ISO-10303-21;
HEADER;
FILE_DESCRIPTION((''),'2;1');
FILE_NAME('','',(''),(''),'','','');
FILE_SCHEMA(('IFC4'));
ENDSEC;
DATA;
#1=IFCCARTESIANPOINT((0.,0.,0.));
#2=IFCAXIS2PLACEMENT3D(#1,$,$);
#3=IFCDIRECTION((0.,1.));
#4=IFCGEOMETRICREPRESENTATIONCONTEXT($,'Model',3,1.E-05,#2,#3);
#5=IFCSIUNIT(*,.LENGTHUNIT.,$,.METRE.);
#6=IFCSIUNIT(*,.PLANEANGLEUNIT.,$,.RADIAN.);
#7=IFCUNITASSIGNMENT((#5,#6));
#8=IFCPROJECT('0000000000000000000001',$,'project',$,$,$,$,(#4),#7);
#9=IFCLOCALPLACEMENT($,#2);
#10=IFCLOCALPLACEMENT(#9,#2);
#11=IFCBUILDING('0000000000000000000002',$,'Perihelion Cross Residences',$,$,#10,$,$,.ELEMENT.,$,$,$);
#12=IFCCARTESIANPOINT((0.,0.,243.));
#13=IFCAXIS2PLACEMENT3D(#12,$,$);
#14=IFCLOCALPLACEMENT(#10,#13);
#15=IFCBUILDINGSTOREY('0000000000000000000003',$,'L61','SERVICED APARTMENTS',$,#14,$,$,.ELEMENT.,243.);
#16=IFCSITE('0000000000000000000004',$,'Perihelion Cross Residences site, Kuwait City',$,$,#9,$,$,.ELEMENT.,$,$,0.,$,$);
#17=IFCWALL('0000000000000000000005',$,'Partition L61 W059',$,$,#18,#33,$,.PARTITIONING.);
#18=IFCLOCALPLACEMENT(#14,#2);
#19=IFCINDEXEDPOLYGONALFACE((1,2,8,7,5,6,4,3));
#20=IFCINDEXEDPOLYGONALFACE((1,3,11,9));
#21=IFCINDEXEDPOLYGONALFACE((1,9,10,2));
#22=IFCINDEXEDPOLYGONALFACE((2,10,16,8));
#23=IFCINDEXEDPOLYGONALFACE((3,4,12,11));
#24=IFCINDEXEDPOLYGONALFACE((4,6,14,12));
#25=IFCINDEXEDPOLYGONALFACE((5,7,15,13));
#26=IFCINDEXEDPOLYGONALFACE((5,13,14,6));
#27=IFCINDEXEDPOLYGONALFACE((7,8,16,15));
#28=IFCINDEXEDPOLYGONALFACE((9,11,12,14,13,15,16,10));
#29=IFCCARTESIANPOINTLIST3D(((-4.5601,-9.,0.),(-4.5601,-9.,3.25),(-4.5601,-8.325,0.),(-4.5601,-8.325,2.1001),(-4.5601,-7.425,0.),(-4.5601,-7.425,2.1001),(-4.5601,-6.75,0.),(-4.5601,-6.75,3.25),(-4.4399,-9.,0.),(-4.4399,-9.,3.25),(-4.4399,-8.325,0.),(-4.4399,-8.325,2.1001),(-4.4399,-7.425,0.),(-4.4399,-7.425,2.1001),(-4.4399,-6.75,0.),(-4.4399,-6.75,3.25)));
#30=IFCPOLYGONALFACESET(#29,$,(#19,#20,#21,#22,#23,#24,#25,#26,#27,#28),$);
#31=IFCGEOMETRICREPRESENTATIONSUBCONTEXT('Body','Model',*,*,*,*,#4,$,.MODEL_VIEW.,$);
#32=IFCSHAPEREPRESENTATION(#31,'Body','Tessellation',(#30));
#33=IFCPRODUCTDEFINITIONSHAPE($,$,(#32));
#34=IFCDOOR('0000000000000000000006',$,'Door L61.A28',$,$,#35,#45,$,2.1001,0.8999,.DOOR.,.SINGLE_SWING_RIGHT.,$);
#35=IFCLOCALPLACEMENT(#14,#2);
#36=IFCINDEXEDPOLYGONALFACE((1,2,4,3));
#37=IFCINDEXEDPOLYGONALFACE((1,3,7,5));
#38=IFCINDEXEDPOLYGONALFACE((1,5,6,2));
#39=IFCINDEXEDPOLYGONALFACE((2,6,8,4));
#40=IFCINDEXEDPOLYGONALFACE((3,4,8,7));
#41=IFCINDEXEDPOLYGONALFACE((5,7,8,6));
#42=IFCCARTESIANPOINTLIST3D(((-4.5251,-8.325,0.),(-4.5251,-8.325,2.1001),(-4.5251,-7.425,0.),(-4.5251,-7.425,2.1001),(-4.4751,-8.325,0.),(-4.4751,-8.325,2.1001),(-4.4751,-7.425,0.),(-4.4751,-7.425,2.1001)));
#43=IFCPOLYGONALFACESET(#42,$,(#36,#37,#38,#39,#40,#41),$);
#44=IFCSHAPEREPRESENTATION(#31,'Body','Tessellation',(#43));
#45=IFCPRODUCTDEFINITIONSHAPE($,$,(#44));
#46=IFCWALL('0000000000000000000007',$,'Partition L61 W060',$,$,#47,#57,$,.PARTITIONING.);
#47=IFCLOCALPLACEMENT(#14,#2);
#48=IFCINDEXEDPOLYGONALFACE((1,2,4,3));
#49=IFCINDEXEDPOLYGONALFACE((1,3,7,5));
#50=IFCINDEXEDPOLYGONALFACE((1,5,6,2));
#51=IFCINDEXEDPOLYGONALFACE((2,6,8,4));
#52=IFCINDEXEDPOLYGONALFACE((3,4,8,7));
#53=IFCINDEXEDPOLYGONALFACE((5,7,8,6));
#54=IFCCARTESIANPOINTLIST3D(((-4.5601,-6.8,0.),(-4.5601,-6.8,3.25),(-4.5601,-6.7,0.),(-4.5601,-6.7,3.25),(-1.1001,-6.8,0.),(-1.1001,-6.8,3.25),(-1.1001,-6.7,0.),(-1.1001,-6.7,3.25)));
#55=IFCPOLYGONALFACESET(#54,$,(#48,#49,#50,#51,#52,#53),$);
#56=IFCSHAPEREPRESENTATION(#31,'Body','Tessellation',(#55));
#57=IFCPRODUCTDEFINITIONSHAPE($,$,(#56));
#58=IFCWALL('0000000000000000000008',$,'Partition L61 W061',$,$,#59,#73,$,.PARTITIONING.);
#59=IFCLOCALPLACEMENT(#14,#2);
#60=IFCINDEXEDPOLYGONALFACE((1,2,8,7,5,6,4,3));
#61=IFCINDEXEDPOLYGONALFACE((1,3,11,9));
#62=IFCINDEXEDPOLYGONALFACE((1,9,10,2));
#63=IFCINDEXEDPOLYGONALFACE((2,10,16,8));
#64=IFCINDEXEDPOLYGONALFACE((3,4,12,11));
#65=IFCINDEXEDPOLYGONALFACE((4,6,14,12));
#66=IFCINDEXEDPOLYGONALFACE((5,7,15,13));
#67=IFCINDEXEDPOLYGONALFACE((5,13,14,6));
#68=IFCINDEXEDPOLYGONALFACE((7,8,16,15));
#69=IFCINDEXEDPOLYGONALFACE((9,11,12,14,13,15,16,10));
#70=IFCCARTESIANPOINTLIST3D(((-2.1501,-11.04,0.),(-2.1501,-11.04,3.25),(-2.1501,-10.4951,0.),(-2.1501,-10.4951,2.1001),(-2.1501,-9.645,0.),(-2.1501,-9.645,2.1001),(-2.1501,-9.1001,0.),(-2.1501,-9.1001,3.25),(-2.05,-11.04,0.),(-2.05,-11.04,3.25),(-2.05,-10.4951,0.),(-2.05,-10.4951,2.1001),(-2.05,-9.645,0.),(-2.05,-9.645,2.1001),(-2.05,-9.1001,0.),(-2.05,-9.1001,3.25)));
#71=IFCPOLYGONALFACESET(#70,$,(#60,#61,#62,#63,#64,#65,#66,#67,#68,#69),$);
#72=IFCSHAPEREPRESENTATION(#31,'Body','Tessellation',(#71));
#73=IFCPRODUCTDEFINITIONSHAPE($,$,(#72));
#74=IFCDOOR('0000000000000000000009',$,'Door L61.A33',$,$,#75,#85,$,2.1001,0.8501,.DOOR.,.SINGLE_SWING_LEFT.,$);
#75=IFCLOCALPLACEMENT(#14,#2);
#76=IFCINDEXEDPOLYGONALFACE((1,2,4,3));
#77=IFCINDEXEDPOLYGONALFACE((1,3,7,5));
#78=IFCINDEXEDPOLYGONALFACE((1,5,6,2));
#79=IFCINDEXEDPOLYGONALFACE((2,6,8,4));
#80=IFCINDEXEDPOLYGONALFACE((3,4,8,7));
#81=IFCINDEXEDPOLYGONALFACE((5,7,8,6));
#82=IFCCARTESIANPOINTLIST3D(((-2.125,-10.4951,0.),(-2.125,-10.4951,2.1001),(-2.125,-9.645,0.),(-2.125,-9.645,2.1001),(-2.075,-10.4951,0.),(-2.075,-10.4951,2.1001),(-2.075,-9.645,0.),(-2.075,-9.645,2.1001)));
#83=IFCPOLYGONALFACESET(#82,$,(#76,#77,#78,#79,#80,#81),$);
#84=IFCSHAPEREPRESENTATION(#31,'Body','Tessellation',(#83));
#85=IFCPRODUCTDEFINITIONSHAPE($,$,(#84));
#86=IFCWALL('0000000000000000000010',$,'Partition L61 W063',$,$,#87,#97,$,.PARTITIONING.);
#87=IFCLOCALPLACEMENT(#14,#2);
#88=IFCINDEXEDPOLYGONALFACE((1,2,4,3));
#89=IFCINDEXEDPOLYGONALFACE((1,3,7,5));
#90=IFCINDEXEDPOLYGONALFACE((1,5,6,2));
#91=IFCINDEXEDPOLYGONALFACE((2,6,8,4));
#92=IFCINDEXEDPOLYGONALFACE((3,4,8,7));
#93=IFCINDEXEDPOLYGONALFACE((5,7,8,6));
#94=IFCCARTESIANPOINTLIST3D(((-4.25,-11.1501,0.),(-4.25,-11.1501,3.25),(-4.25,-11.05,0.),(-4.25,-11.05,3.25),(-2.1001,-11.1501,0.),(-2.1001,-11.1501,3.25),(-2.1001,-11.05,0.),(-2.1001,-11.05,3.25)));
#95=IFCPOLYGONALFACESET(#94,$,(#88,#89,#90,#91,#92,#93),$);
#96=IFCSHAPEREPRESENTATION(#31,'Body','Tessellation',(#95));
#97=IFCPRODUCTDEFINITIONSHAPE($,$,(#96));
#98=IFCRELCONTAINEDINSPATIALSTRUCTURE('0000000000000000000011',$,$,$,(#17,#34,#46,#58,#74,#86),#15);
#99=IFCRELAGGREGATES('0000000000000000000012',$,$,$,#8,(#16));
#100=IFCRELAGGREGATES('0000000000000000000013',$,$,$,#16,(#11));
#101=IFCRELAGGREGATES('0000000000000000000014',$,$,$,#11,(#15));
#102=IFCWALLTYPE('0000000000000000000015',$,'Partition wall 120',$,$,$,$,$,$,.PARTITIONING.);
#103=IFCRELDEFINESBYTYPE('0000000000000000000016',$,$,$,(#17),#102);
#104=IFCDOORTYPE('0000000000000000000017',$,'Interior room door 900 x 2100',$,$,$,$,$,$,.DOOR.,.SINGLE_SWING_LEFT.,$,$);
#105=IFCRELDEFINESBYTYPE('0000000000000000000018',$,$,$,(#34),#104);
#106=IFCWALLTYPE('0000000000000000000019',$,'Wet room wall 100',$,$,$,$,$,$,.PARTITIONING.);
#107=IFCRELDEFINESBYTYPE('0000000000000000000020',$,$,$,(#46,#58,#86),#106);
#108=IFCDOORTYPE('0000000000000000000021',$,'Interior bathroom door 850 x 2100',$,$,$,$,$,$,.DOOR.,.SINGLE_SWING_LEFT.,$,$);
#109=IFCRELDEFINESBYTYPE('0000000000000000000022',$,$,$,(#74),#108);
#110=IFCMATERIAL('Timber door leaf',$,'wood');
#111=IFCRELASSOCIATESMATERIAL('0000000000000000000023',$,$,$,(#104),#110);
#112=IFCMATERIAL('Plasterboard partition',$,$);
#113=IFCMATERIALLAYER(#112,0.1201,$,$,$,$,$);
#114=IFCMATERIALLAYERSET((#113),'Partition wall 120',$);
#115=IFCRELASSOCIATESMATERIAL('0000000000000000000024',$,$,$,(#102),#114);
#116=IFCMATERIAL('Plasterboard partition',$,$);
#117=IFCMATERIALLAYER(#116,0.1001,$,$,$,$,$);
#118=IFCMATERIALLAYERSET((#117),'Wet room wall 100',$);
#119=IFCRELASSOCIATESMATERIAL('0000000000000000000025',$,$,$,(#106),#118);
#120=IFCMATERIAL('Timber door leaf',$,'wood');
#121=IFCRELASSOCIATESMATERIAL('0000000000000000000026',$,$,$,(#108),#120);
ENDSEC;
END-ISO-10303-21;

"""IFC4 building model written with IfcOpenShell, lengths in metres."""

from ifc_helpers import new_model, si_unit, direction, frame, frame_2d, origin, place, context, subcontext, project, spatial, rectangle, extrude, material, layer, layer_set, type_object, element, fill, save


model = new_model("IFC4")

# Units and contexts
model_context = context("Model", 3, precision=1e-05, world=origin(), true_north=direction((0.0, 1.0)))
body_context = subcontext(model_context, "Body", "Model", "MODEL_VIEW")
ifc_project = project(units=[si_unit("LENGTHUNIT", "METRE"), si_unit("PLANEANGLEUNIT", "RADIAN")], contexts=[model_context])

# Site, building, storey
site_placement = place(None, origin())
site = spatial("IfcSite", under=ifc_project, at=site_placement, Name="Perihelion Cross Residences site, Kuwait City", CompositionType="ELEMENT", RefElevation=0.0)
building_placement = place(site_placement, origin())
building = spatial("IfcBuilding", under=site, at=building_placement, Name="Perihelion Cross Residences", CompositionType="ELEMENT")
storey_placement = place(building_placement, frame((0.0, 0.0, 243.0)))
storey = spatial("IfcBuildingStorey", under=building, at=storey_placement, Name="L61", Description="SERVICED APARTMENTS", CompositionType="ELEMENT", Elevation=243.0)

# Shared definitions
ifc_material_1 = material(Name="Timber door leaf", Category="wood")
door_type_1 = type_object("IfcDoorType", Name="Interior room door 900 x 2100", OperationType="SINGLE_SWING_LEFT", PredefinedType="DOOR", material=ifc_material_1)

# Shared definitions
ifc_material_2 = material(Name="Plasterboard partition")
ifc_layer_1 = layer(ifc_material_2, 0.1201)
ifc_layer_set_1 = layer_set([ifc_layer_1], Name="Partition wall 120")
wall_type_1 = type_object("IfcWallType", Name="Partition wall 120", PredefinedType="PARTITIONING", material=ifc_layer_set_1)

# Wall, opening, door
wall_1_placement = place(storey_placement, frame((-4.5, -6.75, 0.0), z_axis=(0.0, 0.0, 1.0), x_axis=(0.0, -1.0, 0.0)))
wall_1 = element("IfcWall", 1, at=wall_1_placement, inside=storey, type_object=wall_type_1, Name="Partition L61 W059", PredefinedType="PARTITIONING", context=body_context, shape_type="SweptSolid", body=[
    extrude(rectangle(XDim=2.25, YDim=0.1201, at=frame_2d((1.125, 0.0))), origin(), (0.0, 0.0, 1.0), 3.25),
])
opening_1_placement = place(wall_1_placement, frame((0.675, 0.0, 0.0)))
opening_1 = element("IfcOpeningElement", 2, at=opening_1_placement, cuts=wall_1, PredefinedType="OPENING", context=body_context, shape_type="SweptSolid", body=[
    extrude(rectangle(XDim=0.8999, YDim=2.1001, at=frame_2d((0.45, 1.05))), frame((0.0, 0.0701, 0.0), z_axis=(0.0, -1.0, 0.0), x_axis=(1.0, 0.0, 0.0)), (0.0, 0.0, 1.0), 0.1401),
])
door_1_placement = place(opening_1_placement, origin())
door_1 = element("IfcDoor", 3, at=door_1_placement, inside=storey, type_object=door_type_1, Name="Door L61.A28", OperationType="SINGLE_SWING_RIGHT", OverallHeight=2.1001, OverallWidth=0.8999, PredefinedType="DOOR", context=body_context, shape_type="SweptSolid", body=[
    extrude(rectangle(XDim=0.8999, YDim=2.1001, at=frame_2d((0.45, 1.05))), frame((0.0, 0.0249, 0.0), z_axis=(0.0, -1.0, 0.0), x_axis=(1.0, 0.0, 0.0)), (0.0, 0.0, 1.0), 0.05),
])
fill(opening_1, door_1)

# Wall
ifc_material_3 = material(Name="Plasterboard partition")
ifc_layer_2 = layer(ifc_material_3, 0.1001)
ifc_layer_set_2 = layer_set([ifc_layer_2], Name="Wet room wall 100")
wall_type_2 = type_object("IfcWallType", Name="Wet room wall 100", PredefinedType="PARTITIONING", material=ifc_layer_set_2)
wall_2_placement = place(storey_placement, frame((-1.1001, -6.75, 0.0), z_axis=(0.0, 0.0, 1.0), x_axis=(-1.0, 0.0, 0.0)))
element("IfcWall", 4, at=wall_2_placement, inside=storey, type_object=wall_type_2, Name="Partition L61 W060", PredefinedType="PARTITIONING", context=body_context, shape_type="SweptSolid", body=[
    extrude(rectangle(XDim=3.46, YDim=0.1001, at=frame_2d((1.73, 0.0))), origin(), (0.0, 0.0, 1.0), 3.25),
])

# Wall, opening, door
wall_3_placement = place(storey_placement, frame((-2.1001, -11.04, 0.0), z_axis=(0.0, 0.0, 1.0), x_axis=(0.0, 1.0, 0.0)))
wall_3 = element("IfcWall", 5, at=wall_3_placement, inside=storey, type_object=wall_type_2, Name="Partition L61 W061", PredefinedType="PARTITIONING", context=body_context, shape_type="SweptSolid", body=[
    extrude(rectangle(XDim=1.9399, YDim=0.1001, at=frame_2d((0.97, 0.0))), origin(), (0.0, 0.0, 1.0), 3.25),
])
opening_2_placement = place(wall_3_placement, frame((0.5449, 0.0, 0.0)))
opening_2 = element("IfcOpeningElement", 6, at=opening_2_placement, cuts=wall_3, PredefinedType="OPENING", context=body_context, shape_type="SweptSolid", body=[
    extrude(rectangle(XDim=0.8501, YDim=2.1001, at=frame_2d((0.425, 1.05))), frame((0.0, 0.0601, 0.0), z_axis=(0.0, -1.0, 0.0), x_axis=(1.0, 0.0, 0.0)), (0.0, 0.0, 1.0), 0.1201),
])
ifc_material_4 = material(Name="Timber door leaf", Category="wood")
door_type_2 = type_object("IfcDoorType", Name="Interior bathroom door 850 x 2100", OperationType="SINGLE_SWING_LEFT", PredefinedType="DOOR", material=ifc_material_4)
door_2_placement = place(opening_2_placement, origin())
door_2 = element("IfcDoor", 7, at=door_2_placement, inside=storey, type_object=door_type_2, Name="Door L61.A33", OperationType="SINGLE_SWING_LEFT", OverallHeight=2.1001, OverallWidth=0.8501, PredefinedType="DOOR", context=body_context, shape_type="SweptSolid", body=[
    extrude(rectangle(XDim=0.8501, YDim=2.1001, at=frame_2d((0.425, 1.05))), frame((0.0, 0.0249, 0.0), z_axis=(0.0, -1.0, 0.0), x_axis=(1.0, 0.0, 0.0)), (0.0, 0.0, 1.0), 0.05),
])
fill(opening_2, door_2)

# Wall
wall_4_placement = place(storey_placement, frame((-2.1001, -11.1001, 0.0), z_axis=(0.0, 0.0, 1.0), x_axis=(-1.0, 0.0, 0.0)))
element("IfcWall", 8, at=wall_4_placement, inside=storey, type_object=wall_type_2, Name="Partition L61 W063", PredefinedType="PARTITIONING", context=body_context, shape_type="SweptSolid", body=[
    extrude(rectangle(XDim=2.1499, YDim=0.1001, at=frame_2d((1.075, 0.0))), origin(), (0.0, 0.0, 1.0), 3.25),
])

save(model, "model.ifc")
